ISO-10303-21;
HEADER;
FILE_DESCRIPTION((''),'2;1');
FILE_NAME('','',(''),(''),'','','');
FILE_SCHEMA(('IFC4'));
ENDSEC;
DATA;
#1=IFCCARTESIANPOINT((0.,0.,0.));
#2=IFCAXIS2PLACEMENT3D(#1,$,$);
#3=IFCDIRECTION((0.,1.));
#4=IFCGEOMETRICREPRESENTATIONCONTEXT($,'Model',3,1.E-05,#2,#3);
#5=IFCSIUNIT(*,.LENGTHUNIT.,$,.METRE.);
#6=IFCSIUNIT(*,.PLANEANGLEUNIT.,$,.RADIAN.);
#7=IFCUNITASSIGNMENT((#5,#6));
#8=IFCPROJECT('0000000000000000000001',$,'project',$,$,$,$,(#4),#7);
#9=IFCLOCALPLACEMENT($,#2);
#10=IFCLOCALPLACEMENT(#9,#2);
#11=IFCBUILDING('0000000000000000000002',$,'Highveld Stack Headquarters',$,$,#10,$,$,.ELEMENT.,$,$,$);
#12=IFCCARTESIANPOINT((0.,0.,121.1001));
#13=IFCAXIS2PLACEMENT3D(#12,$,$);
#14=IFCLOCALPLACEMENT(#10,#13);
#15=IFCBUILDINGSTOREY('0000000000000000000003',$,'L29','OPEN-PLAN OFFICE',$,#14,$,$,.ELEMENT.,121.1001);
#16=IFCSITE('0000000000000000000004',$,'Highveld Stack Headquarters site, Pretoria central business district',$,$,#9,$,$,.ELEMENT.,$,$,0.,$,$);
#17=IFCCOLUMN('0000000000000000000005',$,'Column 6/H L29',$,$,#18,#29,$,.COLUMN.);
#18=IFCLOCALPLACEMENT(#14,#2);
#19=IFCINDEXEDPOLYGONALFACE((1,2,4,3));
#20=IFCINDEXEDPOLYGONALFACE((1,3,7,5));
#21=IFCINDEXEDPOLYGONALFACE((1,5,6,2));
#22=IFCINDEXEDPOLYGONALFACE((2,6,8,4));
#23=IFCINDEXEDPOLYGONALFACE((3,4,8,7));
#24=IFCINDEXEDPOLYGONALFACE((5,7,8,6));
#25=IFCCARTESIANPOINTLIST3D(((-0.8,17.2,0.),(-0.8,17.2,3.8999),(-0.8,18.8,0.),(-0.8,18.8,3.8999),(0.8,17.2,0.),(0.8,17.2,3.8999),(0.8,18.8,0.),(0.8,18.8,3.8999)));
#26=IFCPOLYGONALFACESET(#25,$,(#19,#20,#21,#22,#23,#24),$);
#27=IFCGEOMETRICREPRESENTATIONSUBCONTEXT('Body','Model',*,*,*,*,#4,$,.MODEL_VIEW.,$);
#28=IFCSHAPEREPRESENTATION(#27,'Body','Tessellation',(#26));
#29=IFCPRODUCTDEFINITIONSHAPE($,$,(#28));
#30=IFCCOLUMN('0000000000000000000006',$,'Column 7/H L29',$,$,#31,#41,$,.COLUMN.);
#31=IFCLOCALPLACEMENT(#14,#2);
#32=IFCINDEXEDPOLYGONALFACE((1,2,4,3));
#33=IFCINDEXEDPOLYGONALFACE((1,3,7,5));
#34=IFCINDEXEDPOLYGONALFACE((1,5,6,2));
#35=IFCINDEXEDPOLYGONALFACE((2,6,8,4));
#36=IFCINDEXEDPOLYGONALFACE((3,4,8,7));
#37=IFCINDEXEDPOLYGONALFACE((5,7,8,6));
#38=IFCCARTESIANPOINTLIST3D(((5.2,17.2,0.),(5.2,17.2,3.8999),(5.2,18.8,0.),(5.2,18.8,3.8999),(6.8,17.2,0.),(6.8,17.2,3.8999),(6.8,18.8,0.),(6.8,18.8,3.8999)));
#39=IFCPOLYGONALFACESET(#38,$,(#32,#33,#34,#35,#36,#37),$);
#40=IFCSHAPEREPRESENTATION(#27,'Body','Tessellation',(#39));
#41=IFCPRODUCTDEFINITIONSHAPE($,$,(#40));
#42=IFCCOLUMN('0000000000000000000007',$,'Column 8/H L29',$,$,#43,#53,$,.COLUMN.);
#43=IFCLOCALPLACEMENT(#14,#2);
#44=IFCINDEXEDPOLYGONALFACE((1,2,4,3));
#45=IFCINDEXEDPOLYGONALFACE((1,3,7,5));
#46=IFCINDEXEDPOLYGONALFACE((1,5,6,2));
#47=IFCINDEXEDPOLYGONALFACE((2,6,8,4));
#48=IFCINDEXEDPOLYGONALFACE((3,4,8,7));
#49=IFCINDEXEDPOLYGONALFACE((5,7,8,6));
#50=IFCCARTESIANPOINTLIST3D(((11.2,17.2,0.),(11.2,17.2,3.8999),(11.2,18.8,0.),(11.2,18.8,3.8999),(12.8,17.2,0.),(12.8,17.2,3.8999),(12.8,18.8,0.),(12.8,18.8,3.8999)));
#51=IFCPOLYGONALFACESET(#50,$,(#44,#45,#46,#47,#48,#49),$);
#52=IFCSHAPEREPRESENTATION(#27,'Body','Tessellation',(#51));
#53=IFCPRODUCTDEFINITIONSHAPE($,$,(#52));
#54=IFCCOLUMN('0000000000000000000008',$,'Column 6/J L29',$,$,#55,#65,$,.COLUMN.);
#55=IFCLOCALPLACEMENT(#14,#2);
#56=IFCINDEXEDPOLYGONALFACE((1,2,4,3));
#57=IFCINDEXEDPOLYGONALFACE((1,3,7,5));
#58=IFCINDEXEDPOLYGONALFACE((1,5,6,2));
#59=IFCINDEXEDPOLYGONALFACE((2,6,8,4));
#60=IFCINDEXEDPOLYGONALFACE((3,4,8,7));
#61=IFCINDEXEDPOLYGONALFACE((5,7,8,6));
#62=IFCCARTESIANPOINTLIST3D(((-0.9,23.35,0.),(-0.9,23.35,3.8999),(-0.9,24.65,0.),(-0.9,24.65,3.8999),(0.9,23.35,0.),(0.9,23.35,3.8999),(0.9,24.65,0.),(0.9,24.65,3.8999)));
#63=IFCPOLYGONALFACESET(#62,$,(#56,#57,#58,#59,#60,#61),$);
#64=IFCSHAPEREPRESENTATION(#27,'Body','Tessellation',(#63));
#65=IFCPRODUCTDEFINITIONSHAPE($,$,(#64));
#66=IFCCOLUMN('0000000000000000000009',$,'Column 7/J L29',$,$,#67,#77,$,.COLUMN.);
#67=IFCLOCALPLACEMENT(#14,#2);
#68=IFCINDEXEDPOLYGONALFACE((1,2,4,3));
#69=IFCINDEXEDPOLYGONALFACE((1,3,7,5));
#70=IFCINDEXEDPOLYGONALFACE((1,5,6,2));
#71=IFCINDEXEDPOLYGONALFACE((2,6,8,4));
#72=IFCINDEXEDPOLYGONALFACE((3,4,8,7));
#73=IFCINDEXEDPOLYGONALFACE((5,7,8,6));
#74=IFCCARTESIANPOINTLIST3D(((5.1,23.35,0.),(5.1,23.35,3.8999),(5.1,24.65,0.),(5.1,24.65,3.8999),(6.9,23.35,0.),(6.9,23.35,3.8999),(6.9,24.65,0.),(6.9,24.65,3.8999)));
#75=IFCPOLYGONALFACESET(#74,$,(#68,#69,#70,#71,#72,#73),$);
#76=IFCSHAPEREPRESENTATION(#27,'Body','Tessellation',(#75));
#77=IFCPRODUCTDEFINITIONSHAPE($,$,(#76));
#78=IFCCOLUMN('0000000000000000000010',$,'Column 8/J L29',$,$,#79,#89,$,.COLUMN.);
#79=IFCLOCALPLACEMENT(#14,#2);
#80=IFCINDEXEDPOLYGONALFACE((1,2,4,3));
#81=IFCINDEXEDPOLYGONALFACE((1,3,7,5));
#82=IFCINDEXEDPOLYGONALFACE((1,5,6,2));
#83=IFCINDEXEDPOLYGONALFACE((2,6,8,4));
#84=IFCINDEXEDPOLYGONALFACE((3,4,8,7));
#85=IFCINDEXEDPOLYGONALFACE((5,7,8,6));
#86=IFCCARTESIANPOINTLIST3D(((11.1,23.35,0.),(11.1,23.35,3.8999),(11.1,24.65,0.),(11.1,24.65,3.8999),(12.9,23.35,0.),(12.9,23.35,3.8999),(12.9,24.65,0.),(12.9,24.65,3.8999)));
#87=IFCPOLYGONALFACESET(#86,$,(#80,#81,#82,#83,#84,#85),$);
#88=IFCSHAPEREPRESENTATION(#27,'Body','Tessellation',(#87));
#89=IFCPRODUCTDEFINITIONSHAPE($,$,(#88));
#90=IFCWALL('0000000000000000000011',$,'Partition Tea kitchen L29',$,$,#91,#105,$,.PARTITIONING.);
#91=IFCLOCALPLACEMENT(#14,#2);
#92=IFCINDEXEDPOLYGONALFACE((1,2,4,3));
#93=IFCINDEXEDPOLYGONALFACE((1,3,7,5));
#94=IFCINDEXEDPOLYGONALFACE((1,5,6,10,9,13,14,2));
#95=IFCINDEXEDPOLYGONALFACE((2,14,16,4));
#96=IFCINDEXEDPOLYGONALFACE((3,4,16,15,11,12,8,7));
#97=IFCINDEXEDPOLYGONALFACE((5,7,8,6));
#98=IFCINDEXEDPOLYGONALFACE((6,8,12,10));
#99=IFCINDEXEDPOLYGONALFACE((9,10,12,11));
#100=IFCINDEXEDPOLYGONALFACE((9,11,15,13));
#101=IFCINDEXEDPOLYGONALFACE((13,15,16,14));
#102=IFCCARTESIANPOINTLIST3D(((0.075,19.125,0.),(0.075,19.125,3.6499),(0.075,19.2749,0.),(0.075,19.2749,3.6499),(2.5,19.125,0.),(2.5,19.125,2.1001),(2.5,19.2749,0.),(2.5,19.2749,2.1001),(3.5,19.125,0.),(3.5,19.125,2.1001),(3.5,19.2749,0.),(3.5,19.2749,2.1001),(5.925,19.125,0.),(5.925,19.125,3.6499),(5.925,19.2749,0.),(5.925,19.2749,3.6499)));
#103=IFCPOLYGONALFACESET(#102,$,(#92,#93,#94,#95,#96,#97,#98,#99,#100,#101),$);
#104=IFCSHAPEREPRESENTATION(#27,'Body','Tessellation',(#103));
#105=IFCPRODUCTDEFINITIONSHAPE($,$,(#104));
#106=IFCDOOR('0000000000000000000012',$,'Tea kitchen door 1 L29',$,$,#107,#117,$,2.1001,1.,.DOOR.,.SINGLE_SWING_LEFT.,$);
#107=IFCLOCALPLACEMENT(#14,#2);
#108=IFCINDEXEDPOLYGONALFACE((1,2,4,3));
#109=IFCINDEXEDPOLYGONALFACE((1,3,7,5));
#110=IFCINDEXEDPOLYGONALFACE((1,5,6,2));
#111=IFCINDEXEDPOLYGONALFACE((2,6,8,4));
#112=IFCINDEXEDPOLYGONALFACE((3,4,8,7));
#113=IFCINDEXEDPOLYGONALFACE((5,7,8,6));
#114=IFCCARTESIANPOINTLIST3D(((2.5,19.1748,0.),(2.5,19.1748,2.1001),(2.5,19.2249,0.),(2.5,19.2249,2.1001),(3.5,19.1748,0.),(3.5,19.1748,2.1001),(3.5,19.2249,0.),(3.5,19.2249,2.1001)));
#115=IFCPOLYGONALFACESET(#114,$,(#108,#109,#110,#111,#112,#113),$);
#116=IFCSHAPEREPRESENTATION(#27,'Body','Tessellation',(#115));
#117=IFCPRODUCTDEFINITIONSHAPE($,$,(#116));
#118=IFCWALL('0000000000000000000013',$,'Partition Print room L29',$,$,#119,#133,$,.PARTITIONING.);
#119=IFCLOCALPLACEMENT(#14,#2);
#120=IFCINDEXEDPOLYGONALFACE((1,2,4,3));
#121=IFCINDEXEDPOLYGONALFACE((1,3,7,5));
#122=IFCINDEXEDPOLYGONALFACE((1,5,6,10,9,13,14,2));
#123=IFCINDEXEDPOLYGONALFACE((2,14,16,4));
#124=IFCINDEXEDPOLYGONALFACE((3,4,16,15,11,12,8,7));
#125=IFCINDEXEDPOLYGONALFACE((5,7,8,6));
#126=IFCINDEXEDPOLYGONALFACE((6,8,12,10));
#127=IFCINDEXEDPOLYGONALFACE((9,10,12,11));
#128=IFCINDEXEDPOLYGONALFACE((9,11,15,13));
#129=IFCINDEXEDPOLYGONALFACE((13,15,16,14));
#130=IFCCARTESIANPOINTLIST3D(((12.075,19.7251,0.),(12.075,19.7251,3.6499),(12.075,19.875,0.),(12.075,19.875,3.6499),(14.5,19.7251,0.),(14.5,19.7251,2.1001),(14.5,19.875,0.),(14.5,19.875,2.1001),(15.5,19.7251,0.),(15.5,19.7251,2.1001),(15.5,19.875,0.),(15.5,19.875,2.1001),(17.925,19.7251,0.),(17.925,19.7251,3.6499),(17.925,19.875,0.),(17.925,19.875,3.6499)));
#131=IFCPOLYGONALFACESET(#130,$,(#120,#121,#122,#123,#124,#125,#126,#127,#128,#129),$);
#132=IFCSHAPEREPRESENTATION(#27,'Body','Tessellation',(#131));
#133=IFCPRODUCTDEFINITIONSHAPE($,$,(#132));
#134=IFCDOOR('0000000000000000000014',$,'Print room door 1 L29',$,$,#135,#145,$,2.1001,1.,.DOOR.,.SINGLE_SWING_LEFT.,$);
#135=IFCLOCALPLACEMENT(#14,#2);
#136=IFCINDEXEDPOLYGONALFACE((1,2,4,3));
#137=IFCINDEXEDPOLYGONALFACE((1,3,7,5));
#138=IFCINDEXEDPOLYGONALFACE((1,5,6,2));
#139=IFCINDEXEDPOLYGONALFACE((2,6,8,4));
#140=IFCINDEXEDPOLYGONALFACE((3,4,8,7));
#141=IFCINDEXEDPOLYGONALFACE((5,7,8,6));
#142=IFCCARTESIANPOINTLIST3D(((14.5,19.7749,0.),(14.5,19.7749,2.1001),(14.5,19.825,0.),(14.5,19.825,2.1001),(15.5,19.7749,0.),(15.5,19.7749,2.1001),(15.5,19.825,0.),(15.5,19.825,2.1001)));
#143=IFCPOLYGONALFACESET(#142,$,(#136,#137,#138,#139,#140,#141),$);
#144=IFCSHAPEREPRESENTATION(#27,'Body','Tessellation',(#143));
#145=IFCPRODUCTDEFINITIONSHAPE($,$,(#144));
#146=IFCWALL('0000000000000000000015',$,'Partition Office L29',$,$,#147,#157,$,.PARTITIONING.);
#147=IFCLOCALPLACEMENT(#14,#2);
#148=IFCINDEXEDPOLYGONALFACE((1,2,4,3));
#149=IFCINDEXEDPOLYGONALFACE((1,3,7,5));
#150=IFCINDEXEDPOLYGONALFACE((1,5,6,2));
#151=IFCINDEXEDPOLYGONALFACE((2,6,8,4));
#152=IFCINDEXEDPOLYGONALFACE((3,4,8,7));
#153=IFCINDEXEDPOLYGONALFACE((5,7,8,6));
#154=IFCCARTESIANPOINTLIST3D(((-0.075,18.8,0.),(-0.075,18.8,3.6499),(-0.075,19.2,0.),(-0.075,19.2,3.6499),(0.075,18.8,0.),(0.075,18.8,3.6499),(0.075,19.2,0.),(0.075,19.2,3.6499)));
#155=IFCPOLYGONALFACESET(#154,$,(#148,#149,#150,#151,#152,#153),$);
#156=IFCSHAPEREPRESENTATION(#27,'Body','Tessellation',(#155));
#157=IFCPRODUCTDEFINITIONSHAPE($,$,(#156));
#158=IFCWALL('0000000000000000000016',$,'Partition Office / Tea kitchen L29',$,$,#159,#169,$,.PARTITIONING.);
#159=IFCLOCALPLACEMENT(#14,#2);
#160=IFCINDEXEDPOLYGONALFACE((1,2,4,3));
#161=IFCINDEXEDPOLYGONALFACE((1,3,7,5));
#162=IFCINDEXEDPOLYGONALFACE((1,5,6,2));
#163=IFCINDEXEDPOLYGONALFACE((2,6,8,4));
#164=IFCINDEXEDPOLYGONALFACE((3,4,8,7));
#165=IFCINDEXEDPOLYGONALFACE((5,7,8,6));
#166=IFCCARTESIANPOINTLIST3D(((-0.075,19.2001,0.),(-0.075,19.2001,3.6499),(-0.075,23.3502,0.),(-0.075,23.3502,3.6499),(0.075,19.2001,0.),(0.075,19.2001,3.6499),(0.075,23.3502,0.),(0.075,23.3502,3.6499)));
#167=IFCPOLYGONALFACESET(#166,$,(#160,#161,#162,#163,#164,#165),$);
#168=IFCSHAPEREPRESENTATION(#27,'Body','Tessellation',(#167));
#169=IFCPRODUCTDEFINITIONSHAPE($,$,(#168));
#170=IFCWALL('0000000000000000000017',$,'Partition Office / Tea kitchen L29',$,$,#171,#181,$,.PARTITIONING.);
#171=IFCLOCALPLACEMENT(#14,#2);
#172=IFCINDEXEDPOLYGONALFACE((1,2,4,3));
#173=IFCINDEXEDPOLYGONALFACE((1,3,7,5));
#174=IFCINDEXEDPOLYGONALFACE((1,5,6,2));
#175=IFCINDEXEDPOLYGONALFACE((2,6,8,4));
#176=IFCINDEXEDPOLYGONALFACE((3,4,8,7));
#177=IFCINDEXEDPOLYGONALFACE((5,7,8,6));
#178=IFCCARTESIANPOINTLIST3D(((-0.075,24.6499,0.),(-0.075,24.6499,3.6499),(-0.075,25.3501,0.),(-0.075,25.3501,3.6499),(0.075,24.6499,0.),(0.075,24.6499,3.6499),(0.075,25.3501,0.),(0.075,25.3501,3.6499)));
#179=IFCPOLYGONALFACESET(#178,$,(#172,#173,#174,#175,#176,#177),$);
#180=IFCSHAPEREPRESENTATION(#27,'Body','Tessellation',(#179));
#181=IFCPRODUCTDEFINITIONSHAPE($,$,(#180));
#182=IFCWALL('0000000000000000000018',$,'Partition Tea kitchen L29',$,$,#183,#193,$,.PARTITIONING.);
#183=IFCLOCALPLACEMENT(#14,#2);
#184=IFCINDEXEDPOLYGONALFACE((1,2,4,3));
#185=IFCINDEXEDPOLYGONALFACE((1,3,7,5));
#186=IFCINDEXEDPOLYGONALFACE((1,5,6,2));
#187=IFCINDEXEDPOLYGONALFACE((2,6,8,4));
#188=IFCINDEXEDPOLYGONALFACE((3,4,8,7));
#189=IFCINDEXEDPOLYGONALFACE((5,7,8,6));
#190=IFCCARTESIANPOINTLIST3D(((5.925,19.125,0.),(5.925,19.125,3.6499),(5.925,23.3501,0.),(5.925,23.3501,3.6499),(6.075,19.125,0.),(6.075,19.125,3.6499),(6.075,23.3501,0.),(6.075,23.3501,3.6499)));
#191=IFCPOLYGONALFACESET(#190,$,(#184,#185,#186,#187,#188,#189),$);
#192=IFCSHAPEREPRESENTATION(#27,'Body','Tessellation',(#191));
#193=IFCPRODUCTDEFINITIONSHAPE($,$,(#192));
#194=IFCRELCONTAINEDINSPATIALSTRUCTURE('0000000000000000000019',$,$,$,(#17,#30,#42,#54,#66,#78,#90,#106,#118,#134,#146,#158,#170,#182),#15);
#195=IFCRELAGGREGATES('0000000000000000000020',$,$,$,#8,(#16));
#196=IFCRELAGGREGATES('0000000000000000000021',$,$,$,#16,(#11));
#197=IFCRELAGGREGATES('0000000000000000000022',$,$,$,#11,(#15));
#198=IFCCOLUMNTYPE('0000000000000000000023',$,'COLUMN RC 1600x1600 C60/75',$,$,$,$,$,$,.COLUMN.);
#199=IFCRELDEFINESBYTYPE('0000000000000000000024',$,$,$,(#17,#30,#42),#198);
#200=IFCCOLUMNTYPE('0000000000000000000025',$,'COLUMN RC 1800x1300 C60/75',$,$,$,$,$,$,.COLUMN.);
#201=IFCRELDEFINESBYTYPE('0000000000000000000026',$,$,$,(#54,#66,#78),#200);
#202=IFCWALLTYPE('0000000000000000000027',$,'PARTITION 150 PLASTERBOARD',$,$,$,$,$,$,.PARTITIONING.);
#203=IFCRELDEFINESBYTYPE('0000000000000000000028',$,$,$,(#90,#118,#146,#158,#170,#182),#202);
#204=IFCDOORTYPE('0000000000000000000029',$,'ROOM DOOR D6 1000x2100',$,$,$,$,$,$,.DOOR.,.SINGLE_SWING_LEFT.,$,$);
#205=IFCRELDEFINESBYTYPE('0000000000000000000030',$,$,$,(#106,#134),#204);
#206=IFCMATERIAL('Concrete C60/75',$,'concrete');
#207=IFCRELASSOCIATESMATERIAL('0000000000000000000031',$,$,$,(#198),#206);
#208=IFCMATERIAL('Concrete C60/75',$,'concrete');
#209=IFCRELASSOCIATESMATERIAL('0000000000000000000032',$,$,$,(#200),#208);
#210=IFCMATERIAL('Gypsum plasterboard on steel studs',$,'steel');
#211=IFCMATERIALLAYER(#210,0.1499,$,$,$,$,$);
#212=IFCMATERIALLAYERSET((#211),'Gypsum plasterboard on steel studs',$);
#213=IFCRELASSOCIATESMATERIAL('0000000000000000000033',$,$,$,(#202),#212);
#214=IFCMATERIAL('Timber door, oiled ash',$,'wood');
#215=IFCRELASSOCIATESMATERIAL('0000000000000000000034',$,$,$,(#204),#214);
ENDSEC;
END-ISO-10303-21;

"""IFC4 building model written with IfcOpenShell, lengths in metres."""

from ifc_helpers import new_model, si_unit, direction, frame, frame_2d, origin, origin_2d, place, context, subcontext, project, spatial, rectangle, extrude, material, layer, layer_set, material_profile, profile_set, type_object, element, fill, save


model = new_model("IFC4")

# Units and contexts
model_context = context("Model", 3, precision=1e-05, world=origin(), true_north=direction((0.0, 1.0)))
body_context = subcontext(model_context, "Body", "Model", "MODEL_VIEW")
ifc_project = project(units=[si_unit("LENGTHUNIT", "METRE"), si_unit("PLANEANGLEUNIT", "RADIAN")], contexts=[model_context])

# Site, building, storey
site_placement = place(None, origin())
site = spatial("IfcSite", under=ifc_project, at=site_placement, Name="Highveld Stack Headquarters site, Pretoria central business district", CompositionType="ELEMENT", RefElevation=0.0)
building_placement = place(site_placement, origin())
building = spatial("IfcBuilding", under=site, at=building_placement, Name="Highveld Stack Headquarters", CompositionType="ELEMENT")
storey_placement = place(building_placement, frame((0.0, 0.0, 121.1001)))
storey = spatial("IfcBuildingStorey", under=building, at=storey_placement, Name="L29", Description="OPEN-PLAN OFFICE", CompositionType="ELEMENT", Elevation=121.1001)

# Columns
ifc_material_1 = material(Name="Concrete C60/75", Category="concrete")
ifc_material_profile_1 = material_profile(ifc_material_1, rectangle(XDim=1.6001, YDim=1.6001, at=origin_2d()), Name="RC 1600x1600")
ifc_profile_set_1 = profile_set([ifc_material_profile_1], Name="Concrete C60/75")
column_type_1 = type_object("IfcColumnType", Name="COLUMN RC 1600x1600 C60/75", PredefinedType="COLUMN", material=ifc_profile_set_1)
for number, where, z_axis, x_axis, name in (
    (1, (0.0, 18.0, 0.0), (0.0, 0.0, 1.0), (1.0, 0.0, 0.0), "Column 6/H L29"),
    (2, (6.0, 18.0, 0.0), (0.0, 0.0, 1.0), (1.0, 0.0, 0.0), "Column 7/H L29"),
    (3, (12.0, 18.0, 0.0), (0.0, 0.0, 1.0), (1.0, 0.0, 0.0), "Column 8/H L29"),
):
    element("IfcColumn", number, at=place(storey_placement, frame(where, z_axis=z_axis, x_axis=x_axis)), inside=storey, type_object=column_type_1, Name=name, PredefinedType="COLUMN", context=body_context, shape_type="SweptSolid", body=[
        extrude(rectangle(XDim=1.6001, YDim=1.6001, at=origin_2d()), origin(), (0.0, 0.0, 1.0), 3.8999),
    ])
ifc_material_2 = material(Name="Concrete C60/75", Category="concrete")
ifc_material_profile_2 = material_profile(ifc_material_2, rectangle(XDim=1.8, YDim=1.3, at=origin_2d()), Name="RC 1800x1300")
ifc_profile_set_2 = profile_set([ifc_material_profile_2], Name="Concrete C60/75")
column_type_2 = type_object("IfcColumnType", Name="COLUMN RC 1800x1300 C60/75", PredefinedType="COLUMN", material=ifc_profile_set_2)
for number, where, z_axis, x_axis, name in (
    (4, (0.0, 24.0, 0.0), (0.0, 0.0, 1.0), (1.0, 0.0, 0.0), "Column 6/J L29"),
    (5, (6.0, 24.0, 0.0), (0.0, 0.0, 1.0), (1.0, 0.0, 0.0), "Column 7/J L29"),
    (6, (12.0, 24.0, 0.0), (0.0, 0.0, 1.0), (1.0, 0.0, 0.0), "Column 8/J L29"),
):
    element("IfcColumn", number, at=place(storey_placement, frame(where, z_axis=z_axis, x_axis=x_axis)), inside=storey, type_object=column_type_2, Name=name, PredefinedType="COLUMN", context=body_context, shape_type="SweptSolid", body=[
        extrude(rectangle(XDim=1.8, YDim=1.3, at=origin_2d()), origin(), (0.0, 0.0, 1.0), 3.8999),
    ])

# Walls, openings, doors
ifc_material_3 = material(Name="Gypsum plasterboard on steel studs", Category="steel")
ifc_layer = layer(ifc_material_3, 0.1499)
ifc_layer_set = layer_set([ifc_layer], Name="Gypsum plasterboard on steel studs")
wall_type = type_object("IfcWallType", Name="PARTITION 150 PLASTERBOARD", PredefinedType="PARTITIONING", material=ifc_layer_set)
wall_1_placement = place(storey_placement, frame((0.075, 19.2, 0.0), z_axis=(0.0, 0.0, 1.0), x_axis=(1.0, 0.0, 0.0)))
wall_1 = element("IfcWall", 7, at=wall_1_placement, inside=storey, type_object=wall_type, Name="Partition Tea kitchen L29", PredefinedType="PARTITIONING", context=body_context, shape_type="SweptSolid", body=[
    extrude(rectangle(XDim=5.8501, YDim=0.1499, at=frame_2d((2.925, 0.0))), origin(), (0.0, 0.0, 1.0), 3.6499),
])
opening_1_placement = place(wall_1_placement, frame((2.425, 0.0, 0.0)))
opening_1 = element("IfcOpeningElement", 8, at=opening_1_placement, cuts=wall_1, PredefinedType="OPENING", context=body_context, shape_type="SweptSolid", body=[
    extrude(rectangle(XDim=1.0, YDim=2.1001, at=frame_2d((0.5, 1.05))), frame((0.0, 0.085, 0.0), z_axis=(0.0, -1.0, 0.0), x_axis=(1.0, 0.0, 0.0)), (0.0, 0.0, 1.0), 0.1699),
])
ifc_material_4 = material(Name="Timber door, oiled ash", Category="wood")
door_type = type_object("IfcDoorType", Name="ROOM DOOR D6 1000x2100", OperationType="SINGLE_SWING_LEFT", PredefinedType="DOOR", material=ifc_material_4)
door_1_placement = place(opening_1_placement, origin())
door_1 = element("IfcDoor", 9, at=door_1_placement, inside=storey, type_object=door_type, Name="Tea kitchen door 1 L29", OperationType="SINGLE_SWING_LEFT", OverallHeight=2.1001, OverallWidth=1.0, PredefinedType="DOOR", context=body_context, shape_type="SweptSolid", body=[
    extrude(rectangle(XDim=1.0, YDim=2.1001, at=frame_2d((0.5, 1.05))), frame((0.0, 0.0249, 0.0), z_axis=(0.0, -1.0, 0.0), x_axis=(1.0, 0.0, 0.0)), (0.0, 0.0, 1.0), 0.05),
])
fill(opening_1, door_1)
wall_2_placement = place(storey_placement, frame((12.075, 19.8, 0.0), z_axis=(0.0, 0.0, 1.0), x_axis=(1.0, 0.0, 0.0)))
wall_2 = element("IfcWall", 10, at=wall_2_placement, inside=storey, type_object=wall_type, Name="Partition Print room L29", PredefinedType="PARTITIONING", context=body_context, shape_type="SweptSolid", body=[
    extrude(rectangle(XDim=5.8501, YDim=0.1499, at=frame_2d((2.925, 0.0))), origin(), (0.0, 0.0, 1.0), 3.6499),
])
opening_2_placement = place(wall_2_placement, frame((2.425, 0.0, 0.0)))
opening_2 = element("IfcOpeningElement", 11, at=opening_2_placement, cuts=wall_2, PredefinedType="OPENING", context=body_context, shape_type="SweptSolid", body=[
    extrude(rectangle(XDim=1.0, YDim=2.1001, at=frame_2d((0.5, 1.05))), frame((0.0, 0.085, 0.0), z_axis=(0.0, -1.0, 0.0), x_axis=(1.0, 0.0, 0.0)), (0.0, 0.0, 1.0), 0.1699),
])
door_2_placement = place(opening_2_placement, origin())
door_2 = element("IfcDoor", 12, at=door_2_placement, inside=storey, type_object=door_type, Name="Print room door 1 L29", OperationType="SINGLE_SWING_LEFT", OverallHeight=2.1001, OverallWidth=1.0, PredefinedType="DOOR", context=body_context, shape_type="SweptSolid", body=[
    extrude(rectangle(XDim=1.0, YDim=2.1001, at=frame_2d((0.5, 1.05))), frame((0.0, 0.0249, 0.0), z_axis=(0.0, -1.0, 0.0), x_axis=(1.0, 0.0, 0.0)), (0.0, 0.0, 1.0), 0.05),
])
fill(opening_2, door_2)

# Walls
wall_3_placement = place(storey_placement, frame((0.0, 18.8, 0.0), z_axis=(0.0, 0.0, 1.0), x_axis=(0.0, 1.0, 0.0)))
element("IfcWall", 13, at=wall_3_placement, inside=storey, type_object=wall_type, Name="Partition Office L29", PredefinedType="PARTITIONING", context=body_context, shape_type="SweptSolid", body=[
    extrude(rectangle(XDim=0.3999, YDim=0.1499, at=frame_2d((0.2, 0.0))), origin(), (0.0, 0.0, 1.0), 3.6499),
])
wall_4_placement = place(storey_placement, frame((0.0, 19.2, 0.0), z_axis=(0.0, 0.0, 1.0), x_axis=(0.0, 1.0, 0.0)))
element("IfcWall", 14, at=wall_4_placement, inside=storey, type_object=wall_type, Name="Partition Office / Tea kitchen L29", PredefinedType="PARTITIONING", context=body_context, shape_type="SweptSolid", body=[
    extrude(rectangle(XDim=4.1501, YDim=0.1499, at=frame_2d((2.0752, 0.0))), origin(), (0.0, 0.0, 1.0), 3.6499),
])
wall_5_placement = place(storey_placement, frame((0.0, 24.6499, 0.0), z_axis=(0.0, 0.0, 1.0), x_axis=(0.0, 1.0, 0.0)))
element("IfcWall", 15, at=wall_5_placement, inside=storey, type_object=wall_type, Name="Partition Office / Tea kitchen L29", PredefinedType="PARTITIONING", context=body_context, shape_type="SweptSolid", body=[
    extrude(rectangle(XDim=0.7002, YDim=0.1499, at=frame_2d((0.3501, 0.0))), origin(), (0.0, 0.0, 1.0), 3.6499),
])
wall_6_placement = place(storey_placement, frame((6.0, 19.125, 0.0), z_axis=(0.0, 0.0, 1.0), x_axis=(0.0, 1.0, 0.0)))
element("IfcWall", 16, at=wall_6_placement, inside=storey, type_object=wall_type, Name="Partition Tea kitchen L29", PredefinedType="PARTITIONING", context=body_context, shape_type="SweptSolid", body=[
    extrude(rectangle(XDim=4.2251, YDim=0.1499, at=frame_2d((2.1125, 0.0))), origin(), (0.0, 0.0, 1.0), 3.6499),
])

save(model, "model.ifc")
